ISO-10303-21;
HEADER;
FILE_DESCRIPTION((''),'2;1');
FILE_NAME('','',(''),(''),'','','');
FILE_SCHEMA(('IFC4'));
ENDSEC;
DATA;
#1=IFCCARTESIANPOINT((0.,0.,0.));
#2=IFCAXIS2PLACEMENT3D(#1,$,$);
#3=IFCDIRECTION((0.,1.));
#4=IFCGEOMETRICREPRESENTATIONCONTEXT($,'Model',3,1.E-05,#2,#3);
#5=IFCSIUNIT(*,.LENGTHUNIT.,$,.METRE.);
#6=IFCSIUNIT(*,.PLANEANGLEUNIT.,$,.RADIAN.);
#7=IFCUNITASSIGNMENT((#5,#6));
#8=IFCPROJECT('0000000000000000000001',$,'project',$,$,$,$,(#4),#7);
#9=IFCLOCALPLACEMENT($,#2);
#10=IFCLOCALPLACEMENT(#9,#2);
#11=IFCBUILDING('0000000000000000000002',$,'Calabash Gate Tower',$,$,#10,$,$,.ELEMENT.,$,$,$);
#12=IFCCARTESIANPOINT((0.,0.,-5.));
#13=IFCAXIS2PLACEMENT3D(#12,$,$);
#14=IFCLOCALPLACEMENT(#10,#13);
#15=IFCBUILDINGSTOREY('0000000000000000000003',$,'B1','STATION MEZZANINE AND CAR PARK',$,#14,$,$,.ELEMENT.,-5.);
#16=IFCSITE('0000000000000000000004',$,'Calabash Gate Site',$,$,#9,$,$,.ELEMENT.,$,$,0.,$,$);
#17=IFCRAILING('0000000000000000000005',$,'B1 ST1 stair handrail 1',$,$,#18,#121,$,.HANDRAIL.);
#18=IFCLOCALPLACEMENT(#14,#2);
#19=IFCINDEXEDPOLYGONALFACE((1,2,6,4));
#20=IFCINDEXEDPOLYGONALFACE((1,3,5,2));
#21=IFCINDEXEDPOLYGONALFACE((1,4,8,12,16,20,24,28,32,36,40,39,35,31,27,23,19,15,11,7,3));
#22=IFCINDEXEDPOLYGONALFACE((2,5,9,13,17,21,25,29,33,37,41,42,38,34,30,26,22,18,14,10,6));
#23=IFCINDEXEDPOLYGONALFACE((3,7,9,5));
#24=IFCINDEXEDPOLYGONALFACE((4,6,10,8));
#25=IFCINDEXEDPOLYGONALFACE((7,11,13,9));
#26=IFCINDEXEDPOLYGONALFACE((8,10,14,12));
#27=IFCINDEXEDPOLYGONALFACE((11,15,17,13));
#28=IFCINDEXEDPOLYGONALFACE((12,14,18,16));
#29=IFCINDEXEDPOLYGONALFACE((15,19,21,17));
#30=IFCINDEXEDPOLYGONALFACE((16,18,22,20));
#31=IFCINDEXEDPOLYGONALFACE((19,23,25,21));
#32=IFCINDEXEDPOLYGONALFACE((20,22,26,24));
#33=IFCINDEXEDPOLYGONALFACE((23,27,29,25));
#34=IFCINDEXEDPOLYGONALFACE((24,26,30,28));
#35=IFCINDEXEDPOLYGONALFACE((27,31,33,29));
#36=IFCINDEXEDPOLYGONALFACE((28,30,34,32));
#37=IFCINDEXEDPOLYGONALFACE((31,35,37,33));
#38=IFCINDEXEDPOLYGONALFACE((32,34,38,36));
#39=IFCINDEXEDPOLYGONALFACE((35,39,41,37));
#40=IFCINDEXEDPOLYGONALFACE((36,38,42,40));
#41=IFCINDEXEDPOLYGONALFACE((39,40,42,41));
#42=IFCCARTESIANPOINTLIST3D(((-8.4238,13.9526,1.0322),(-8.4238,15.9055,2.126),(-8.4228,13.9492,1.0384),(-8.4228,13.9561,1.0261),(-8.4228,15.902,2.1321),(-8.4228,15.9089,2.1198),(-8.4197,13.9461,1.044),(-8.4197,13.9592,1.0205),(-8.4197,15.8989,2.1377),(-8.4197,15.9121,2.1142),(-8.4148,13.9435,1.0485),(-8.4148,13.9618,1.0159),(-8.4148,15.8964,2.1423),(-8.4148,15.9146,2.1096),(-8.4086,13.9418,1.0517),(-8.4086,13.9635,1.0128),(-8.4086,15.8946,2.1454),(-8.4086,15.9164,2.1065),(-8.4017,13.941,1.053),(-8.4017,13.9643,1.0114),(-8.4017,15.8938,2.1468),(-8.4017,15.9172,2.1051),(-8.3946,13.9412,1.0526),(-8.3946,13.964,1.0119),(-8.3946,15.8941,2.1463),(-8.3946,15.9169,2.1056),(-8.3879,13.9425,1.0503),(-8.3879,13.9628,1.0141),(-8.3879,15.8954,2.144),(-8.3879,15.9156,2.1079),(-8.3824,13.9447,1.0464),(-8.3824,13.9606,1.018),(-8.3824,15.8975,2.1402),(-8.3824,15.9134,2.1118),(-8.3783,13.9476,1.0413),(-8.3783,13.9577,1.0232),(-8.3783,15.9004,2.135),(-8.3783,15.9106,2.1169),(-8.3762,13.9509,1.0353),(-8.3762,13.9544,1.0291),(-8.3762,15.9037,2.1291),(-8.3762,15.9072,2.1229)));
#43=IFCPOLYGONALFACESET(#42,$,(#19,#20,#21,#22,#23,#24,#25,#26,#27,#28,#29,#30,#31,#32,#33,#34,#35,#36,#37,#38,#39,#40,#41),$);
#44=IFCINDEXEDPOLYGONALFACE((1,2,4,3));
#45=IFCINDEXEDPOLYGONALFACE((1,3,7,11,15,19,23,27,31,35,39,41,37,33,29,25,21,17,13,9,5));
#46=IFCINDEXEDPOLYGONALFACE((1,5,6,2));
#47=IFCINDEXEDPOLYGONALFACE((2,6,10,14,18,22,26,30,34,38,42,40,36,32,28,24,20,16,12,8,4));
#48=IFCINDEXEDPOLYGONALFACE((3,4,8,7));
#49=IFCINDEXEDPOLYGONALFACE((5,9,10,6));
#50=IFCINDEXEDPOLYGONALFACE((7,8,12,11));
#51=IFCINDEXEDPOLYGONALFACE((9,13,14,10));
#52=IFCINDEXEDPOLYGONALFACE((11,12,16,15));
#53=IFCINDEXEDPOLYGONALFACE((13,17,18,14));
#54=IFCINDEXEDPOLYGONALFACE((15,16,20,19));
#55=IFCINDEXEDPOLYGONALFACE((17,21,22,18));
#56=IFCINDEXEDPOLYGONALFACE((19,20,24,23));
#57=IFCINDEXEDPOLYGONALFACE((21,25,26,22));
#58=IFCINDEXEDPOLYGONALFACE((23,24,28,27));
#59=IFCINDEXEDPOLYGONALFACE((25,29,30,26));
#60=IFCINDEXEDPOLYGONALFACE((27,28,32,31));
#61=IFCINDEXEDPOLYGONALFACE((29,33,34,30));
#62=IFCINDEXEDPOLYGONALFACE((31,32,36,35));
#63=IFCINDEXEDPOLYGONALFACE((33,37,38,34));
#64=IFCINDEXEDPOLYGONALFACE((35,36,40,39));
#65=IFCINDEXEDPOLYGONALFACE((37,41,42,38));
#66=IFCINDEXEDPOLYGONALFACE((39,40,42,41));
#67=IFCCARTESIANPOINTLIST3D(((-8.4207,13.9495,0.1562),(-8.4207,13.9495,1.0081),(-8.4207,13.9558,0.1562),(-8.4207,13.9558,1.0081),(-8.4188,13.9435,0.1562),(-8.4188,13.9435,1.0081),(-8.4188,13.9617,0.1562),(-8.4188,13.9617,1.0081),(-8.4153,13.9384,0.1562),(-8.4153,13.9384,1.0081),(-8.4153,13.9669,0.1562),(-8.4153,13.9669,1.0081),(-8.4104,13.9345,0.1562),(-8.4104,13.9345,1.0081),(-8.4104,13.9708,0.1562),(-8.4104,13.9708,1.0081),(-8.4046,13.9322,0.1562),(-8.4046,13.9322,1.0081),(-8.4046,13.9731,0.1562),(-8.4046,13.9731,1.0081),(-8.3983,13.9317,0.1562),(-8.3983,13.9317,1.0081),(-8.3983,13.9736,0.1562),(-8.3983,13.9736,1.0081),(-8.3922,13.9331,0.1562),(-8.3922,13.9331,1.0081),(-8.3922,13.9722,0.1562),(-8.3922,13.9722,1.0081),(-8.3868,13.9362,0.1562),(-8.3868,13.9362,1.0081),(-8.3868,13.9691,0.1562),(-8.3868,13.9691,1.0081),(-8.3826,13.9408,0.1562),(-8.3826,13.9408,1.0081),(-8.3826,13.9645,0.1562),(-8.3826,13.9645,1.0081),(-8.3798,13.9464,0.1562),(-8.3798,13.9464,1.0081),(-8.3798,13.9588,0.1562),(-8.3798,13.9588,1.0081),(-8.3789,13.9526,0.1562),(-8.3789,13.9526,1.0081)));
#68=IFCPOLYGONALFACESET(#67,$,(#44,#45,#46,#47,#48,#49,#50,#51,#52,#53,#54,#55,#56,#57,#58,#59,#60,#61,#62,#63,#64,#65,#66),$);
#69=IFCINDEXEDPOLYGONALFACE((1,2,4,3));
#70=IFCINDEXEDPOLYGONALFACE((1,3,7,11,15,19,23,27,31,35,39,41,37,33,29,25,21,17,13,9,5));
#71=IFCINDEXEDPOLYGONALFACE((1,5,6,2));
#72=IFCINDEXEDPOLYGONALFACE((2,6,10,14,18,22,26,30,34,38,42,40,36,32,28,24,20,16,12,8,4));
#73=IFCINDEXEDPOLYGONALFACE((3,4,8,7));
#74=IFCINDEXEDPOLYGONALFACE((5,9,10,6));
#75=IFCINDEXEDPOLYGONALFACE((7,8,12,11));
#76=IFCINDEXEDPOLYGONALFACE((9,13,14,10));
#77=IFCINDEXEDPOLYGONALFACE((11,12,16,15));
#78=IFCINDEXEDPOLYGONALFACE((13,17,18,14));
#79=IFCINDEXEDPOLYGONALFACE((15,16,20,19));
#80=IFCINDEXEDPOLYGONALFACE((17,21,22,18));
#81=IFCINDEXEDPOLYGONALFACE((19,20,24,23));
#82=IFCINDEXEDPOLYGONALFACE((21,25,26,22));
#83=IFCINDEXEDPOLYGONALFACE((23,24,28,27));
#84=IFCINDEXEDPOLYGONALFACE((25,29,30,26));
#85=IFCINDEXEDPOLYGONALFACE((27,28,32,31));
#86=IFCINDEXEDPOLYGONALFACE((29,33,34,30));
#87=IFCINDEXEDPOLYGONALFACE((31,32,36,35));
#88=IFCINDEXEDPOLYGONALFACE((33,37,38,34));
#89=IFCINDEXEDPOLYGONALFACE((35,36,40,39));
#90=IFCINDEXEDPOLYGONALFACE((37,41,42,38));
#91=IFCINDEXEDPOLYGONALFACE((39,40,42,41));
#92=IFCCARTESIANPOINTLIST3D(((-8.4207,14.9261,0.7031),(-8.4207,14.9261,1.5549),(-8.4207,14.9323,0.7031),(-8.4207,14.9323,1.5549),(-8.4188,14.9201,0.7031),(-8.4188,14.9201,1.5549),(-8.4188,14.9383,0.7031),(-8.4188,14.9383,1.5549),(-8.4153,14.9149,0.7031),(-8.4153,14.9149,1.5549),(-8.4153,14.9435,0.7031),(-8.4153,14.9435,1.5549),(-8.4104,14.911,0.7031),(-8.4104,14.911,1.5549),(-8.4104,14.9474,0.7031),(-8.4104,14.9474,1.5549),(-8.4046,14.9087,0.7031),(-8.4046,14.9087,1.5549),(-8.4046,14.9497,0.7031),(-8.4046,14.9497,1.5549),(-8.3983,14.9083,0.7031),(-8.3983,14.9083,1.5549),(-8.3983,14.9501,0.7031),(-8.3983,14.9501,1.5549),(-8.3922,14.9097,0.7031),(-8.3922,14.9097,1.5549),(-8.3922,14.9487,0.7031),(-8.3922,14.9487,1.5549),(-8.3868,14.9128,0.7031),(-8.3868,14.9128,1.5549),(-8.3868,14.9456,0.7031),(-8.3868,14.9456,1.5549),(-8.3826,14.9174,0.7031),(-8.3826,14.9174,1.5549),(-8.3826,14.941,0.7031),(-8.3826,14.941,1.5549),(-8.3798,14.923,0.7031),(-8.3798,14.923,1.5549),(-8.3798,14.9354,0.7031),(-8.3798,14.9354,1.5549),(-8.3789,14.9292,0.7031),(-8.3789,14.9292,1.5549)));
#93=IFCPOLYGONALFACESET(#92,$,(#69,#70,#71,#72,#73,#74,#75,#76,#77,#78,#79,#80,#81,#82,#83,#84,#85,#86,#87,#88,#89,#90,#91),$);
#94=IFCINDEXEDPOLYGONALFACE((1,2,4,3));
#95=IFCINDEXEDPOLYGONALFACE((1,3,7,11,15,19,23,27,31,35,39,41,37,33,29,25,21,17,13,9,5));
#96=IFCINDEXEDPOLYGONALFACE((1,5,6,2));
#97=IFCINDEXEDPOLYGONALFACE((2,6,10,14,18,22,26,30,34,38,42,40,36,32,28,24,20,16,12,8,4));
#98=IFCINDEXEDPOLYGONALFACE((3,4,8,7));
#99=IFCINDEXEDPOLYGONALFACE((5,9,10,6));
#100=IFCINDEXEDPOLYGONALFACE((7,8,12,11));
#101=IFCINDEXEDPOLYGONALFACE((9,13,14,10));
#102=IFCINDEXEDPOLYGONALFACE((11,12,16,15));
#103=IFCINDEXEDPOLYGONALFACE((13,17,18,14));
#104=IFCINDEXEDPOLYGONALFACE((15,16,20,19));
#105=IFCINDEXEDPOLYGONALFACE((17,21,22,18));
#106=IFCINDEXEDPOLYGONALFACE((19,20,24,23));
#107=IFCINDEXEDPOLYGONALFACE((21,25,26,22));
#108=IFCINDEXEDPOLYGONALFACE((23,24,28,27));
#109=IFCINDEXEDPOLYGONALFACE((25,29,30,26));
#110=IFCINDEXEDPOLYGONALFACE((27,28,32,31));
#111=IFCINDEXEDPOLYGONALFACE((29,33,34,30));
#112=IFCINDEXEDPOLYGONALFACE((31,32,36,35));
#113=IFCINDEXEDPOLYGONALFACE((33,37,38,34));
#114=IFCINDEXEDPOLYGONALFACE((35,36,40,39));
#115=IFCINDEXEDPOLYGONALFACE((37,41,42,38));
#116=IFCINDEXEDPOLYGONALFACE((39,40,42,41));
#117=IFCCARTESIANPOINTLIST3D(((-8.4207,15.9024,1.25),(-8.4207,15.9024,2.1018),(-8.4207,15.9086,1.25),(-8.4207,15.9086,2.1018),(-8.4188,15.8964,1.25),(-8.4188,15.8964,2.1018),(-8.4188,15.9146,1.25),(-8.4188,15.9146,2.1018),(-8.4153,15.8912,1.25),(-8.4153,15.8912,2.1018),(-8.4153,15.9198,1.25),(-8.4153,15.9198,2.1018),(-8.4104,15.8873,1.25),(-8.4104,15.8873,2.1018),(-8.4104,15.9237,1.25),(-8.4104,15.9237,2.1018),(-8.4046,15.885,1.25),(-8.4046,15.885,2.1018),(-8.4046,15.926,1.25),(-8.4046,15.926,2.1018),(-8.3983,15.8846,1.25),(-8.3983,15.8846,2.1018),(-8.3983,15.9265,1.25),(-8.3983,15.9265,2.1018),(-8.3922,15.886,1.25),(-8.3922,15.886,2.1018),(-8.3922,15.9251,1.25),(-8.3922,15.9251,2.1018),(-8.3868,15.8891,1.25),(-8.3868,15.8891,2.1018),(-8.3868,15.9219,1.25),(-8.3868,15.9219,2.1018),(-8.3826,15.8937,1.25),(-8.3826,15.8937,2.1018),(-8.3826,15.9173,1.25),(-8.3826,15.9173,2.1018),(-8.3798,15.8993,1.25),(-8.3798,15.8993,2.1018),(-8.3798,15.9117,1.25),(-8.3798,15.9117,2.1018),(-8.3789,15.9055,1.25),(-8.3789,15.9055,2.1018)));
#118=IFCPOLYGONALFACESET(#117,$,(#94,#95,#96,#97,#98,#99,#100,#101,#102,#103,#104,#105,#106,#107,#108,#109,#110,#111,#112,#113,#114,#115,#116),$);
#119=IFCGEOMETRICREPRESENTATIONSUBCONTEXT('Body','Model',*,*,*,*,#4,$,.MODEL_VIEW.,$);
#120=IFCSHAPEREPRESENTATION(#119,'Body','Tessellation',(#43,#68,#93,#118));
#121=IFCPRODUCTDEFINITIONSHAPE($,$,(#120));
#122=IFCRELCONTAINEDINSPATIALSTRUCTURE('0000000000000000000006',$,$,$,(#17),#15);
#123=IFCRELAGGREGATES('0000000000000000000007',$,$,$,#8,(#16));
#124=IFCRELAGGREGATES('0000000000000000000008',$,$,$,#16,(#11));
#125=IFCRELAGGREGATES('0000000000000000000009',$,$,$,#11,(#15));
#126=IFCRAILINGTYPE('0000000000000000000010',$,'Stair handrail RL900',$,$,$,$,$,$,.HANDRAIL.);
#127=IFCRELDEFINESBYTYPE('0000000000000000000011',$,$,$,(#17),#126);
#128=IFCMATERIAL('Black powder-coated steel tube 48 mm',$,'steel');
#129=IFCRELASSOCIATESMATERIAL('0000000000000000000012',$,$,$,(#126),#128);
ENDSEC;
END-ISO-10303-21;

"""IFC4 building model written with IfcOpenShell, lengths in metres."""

from ifc_helpers import new_model, si_unit, direction, frame, origin, origin_2d, place, context, subcontext, project, spatial, circle, extrude, material, type_object, element, save


model = new_model("IFC4")

# Units and contexts
model_context = context("Model", 3, precision=1e-05, world=origin(), true_north=direction((0.0, 1.0)))
body_context = subcontext(model_context, "Body", "Model", "MODEL_VIEW")
ifc_project = project(units=[si_unit("LENGTHUNIT", "METRE"), si_unit("PLANEANGLEUNIT", "RADIAN")], contexts=[model_context])

# Site, building, storey
site_placement = place(None, origin())
site = spatial("IfcSite", under=ifc_project, at=site_placement, Name="Calabash Gate Site", CompositionType="ELEMENT", RefElevation=0.0)
building_placement = place(site_placement, origin())
building = spatial("IfcBuilding", under=site, at=building_placement, Name="Calabash Gate Tower", CompositionType="ELEMENT")
storey_placement = place(building_placement, frame((0.0, 0.0, -5.0)))
storey = spatial("IfcBuildingStorey", under=building, at=storey_placement, Name="B1", Description="STATION MEZZANINE AND CAR PARK", CompositionType="ELEMENT", Elevation=-5.0)

# Railing
ifc_material_1 = material(Name="Black powder-coated steel tube 48 mm", Category="steel")
railing_type_1 = type_object("IfcRailingType", Name="Stair handrail RL900", PredefinedType="HANDRAIL", material=ifc_material_1)
railing_1_placement = place(storey_placement, frame((-8.3999, 13.9526, 0.1562)))
element("IfcRailing", 1, at=railing_1_placement, inside=storey, type_object=railing_type_1, Name="B1 ST1 stair handrail 1", PredefinedType="HANDRAIL", context=body_context, shape_type="SweptSolid", body=[
    extrude(circle(Radius=0.0239, at=origin_2d()), frame((0.0, 0.0, 0.876), z_axis=(0.0, 0.87248, 0.48865), x_axis=(-1.0, 0.0, 0.0)), (0.0, 0.0, 1.0), 2.2383),
    extrude(circle(Radius=0.021, at=origin_2d()), origin(), (0.0, 0.0, 1.0), 0.8518),
    extrude(circle(Radius=0.021, at=origin_2d()), frame((0.0, 0.9766, 0.5469)), (0.0, 0.0, 1.0), 0.8518),
    extrude(circle(Radius=0.021, at=origin_2d()), frame((0.0, 1.9529, 1.0938)), (0.0, 0.0, 1.0), 0.8518),
])

save(model, "model.ifc")
